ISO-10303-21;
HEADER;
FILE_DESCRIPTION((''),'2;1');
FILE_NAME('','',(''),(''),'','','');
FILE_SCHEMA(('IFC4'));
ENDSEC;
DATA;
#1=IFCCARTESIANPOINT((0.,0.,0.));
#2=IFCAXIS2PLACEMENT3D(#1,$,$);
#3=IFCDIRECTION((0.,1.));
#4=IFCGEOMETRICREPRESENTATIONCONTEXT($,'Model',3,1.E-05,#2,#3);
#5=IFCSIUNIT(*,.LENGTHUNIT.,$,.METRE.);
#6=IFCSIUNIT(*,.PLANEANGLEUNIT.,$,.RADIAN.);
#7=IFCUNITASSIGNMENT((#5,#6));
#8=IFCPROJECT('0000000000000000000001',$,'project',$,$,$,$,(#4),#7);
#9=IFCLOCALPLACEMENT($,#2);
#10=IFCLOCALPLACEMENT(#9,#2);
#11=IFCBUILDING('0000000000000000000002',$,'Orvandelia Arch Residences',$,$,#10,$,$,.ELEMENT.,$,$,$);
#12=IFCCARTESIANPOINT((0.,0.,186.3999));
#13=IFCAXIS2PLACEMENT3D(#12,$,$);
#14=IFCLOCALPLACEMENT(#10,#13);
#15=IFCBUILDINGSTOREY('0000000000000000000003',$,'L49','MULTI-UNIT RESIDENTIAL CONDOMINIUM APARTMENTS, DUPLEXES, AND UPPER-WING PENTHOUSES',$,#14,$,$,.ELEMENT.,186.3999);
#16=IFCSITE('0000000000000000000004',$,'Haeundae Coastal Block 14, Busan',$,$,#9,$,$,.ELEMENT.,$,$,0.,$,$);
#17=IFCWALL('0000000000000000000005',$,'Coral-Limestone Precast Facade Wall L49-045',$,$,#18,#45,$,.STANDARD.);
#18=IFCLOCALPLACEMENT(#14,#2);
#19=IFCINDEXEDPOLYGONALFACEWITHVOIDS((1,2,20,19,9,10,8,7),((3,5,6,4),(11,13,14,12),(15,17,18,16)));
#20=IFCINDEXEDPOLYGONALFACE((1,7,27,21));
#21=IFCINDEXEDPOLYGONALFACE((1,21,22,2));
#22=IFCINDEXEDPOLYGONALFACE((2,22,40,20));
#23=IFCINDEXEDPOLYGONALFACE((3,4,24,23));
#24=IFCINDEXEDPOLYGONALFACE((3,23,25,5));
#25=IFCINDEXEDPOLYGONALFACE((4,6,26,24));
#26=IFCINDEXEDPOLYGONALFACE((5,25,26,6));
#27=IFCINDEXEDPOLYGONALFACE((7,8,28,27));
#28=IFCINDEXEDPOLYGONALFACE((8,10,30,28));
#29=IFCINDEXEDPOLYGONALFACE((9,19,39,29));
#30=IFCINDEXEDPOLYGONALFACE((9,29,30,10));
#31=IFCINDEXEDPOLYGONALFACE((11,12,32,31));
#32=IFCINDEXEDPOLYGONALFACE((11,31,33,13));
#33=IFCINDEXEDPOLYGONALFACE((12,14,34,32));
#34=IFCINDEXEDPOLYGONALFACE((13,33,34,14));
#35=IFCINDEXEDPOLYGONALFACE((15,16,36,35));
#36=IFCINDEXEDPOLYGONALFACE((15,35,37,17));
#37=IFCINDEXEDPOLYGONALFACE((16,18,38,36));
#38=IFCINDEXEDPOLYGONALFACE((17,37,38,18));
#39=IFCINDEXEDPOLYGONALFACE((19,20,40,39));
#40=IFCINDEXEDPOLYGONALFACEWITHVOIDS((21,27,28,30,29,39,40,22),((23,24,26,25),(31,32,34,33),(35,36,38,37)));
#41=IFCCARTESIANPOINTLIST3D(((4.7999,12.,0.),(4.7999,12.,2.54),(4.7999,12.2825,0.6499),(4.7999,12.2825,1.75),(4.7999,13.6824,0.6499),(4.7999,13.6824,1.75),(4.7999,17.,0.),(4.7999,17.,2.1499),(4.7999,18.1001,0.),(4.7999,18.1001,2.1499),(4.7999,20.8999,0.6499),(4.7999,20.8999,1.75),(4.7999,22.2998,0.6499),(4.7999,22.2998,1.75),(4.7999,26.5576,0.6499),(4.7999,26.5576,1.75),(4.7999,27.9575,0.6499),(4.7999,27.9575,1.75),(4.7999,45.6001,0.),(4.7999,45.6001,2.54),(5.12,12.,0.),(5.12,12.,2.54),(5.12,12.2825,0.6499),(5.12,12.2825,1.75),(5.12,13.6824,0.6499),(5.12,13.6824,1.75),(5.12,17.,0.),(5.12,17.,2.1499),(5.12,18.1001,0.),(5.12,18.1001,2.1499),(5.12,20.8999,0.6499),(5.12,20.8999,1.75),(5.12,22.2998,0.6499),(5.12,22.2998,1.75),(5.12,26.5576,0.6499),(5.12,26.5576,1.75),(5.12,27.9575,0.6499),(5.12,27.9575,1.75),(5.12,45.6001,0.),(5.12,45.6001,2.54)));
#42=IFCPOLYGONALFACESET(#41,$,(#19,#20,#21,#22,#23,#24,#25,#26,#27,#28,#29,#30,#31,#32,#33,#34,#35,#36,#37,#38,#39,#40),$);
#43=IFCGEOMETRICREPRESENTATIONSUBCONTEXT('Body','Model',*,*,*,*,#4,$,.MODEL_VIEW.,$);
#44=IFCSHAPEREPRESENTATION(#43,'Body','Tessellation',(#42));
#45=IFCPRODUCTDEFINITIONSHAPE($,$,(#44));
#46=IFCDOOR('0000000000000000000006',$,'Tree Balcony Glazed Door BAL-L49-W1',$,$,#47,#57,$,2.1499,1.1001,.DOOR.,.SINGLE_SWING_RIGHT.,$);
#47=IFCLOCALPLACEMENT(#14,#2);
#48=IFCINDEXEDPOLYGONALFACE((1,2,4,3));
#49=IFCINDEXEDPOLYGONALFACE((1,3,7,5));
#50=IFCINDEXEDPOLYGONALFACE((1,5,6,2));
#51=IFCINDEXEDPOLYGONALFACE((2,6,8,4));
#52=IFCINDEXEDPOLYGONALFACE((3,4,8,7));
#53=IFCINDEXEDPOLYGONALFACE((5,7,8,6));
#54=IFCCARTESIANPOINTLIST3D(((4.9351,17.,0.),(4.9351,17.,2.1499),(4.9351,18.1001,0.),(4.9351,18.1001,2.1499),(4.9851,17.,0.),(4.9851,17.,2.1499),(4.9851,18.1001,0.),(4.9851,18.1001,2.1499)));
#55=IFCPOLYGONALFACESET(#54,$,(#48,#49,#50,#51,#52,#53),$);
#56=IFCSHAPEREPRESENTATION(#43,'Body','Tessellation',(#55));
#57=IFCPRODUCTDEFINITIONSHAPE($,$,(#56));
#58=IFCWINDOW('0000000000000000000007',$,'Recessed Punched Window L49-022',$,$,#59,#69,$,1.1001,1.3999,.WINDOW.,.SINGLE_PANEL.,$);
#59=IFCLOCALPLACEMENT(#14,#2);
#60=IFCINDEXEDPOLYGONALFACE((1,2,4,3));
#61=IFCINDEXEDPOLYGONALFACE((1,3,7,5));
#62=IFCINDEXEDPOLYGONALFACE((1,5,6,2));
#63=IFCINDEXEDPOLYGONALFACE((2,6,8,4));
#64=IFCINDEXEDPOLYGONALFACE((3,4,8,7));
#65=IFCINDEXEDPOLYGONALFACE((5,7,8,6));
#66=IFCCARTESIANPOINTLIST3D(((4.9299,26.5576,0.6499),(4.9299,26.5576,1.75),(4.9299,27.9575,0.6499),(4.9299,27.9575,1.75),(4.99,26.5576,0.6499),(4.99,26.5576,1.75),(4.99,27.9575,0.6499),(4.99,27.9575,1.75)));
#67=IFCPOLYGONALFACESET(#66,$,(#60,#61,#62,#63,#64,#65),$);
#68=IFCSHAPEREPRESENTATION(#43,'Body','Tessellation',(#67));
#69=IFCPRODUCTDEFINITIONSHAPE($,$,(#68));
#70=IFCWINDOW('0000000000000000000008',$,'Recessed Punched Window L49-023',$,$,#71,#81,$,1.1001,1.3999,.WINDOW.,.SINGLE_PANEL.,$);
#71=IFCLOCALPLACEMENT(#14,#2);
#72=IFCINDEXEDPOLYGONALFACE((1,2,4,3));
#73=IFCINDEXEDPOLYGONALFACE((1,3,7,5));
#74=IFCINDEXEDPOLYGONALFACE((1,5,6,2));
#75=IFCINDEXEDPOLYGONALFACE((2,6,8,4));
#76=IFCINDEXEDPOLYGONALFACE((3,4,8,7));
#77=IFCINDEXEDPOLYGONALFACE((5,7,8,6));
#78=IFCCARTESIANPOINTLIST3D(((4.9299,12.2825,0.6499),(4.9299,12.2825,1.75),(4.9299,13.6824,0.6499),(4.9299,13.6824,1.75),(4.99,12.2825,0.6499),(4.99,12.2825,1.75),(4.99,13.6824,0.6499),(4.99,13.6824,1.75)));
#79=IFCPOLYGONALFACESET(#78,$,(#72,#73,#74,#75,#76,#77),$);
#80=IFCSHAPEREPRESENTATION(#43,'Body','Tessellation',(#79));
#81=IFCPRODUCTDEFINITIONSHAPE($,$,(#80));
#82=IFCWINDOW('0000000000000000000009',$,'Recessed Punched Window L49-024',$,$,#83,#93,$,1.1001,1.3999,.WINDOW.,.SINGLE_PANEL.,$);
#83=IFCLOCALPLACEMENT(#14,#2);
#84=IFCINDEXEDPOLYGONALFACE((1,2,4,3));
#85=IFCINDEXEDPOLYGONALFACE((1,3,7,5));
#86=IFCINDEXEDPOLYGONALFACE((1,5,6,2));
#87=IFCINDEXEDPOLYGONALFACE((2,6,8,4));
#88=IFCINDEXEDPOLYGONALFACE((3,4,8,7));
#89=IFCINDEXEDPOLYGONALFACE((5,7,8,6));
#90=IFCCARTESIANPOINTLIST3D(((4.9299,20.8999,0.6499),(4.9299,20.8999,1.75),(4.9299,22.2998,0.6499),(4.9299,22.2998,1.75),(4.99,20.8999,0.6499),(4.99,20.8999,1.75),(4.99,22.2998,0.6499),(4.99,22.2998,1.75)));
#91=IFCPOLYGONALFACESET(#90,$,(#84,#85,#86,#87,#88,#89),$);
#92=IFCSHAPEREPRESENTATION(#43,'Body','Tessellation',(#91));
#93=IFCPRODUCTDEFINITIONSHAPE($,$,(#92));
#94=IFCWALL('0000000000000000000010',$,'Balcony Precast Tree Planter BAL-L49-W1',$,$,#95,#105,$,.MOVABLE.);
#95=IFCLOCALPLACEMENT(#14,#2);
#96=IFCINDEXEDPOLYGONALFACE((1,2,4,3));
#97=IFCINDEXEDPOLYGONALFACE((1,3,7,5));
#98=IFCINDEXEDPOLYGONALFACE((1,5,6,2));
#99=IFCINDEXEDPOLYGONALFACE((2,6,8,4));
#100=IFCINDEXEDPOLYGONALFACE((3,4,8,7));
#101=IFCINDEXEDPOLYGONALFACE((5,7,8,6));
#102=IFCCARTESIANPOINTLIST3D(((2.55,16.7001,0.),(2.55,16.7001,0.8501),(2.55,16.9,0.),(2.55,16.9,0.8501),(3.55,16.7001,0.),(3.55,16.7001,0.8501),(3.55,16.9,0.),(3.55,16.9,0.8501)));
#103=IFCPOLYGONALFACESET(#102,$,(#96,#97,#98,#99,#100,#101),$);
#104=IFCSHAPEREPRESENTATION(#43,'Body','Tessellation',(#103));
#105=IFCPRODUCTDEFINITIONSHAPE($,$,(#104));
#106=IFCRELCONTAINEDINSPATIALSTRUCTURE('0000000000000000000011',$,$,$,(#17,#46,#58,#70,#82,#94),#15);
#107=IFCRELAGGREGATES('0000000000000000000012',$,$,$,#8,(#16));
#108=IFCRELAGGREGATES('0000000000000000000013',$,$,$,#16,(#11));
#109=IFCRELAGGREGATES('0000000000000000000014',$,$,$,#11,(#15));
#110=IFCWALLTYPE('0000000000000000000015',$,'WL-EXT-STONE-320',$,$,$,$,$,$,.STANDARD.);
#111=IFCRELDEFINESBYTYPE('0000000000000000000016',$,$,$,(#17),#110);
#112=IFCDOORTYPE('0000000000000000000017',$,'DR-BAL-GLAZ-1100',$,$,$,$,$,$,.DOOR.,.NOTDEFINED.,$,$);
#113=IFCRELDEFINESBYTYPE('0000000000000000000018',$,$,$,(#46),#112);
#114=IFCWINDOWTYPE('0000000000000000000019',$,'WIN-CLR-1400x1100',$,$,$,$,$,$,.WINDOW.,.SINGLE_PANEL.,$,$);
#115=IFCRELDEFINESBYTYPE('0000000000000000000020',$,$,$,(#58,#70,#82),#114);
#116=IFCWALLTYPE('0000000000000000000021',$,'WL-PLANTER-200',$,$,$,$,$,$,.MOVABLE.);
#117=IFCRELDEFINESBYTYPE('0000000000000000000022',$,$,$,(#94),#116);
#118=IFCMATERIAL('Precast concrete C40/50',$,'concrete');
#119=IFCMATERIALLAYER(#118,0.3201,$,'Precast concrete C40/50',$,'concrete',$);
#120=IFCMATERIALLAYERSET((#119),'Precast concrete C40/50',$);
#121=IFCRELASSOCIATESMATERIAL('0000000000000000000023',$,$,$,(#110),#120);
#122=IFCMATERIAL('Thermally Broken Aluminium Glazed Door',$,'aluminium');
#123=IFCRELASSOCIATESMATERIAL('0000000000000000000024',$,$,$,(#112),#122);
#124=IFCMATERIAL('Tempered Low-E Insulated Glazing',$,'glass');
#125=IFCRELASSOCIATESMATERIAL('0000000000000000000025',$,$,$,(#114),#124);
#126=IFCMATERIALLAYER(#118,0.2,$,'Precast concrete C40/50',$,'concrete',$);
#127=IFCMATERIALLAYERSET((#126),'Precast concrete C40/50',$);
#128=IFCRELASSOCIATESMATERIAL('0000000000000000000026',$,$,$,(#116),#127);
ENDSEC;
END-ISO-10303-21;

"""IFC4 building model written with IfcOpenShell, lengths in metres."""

from ifc_helpers import new_model, si_unit, direction, frame, frame_2d, origin, place, context, subcontext, project, spatial, rectangle, extrude, material, layer, layer_set, type_object, element, fill, save


model = new_model("IFC4")

# Units and contexts
model_context = context("Model", 3, precision=1e-05, world=origin(), true_north=direction((0.0, 1.0)))
body_context = subcontext(model_context, "Body", "Model", "MODEL_VIEW")
ifc_project = project(units=[si_unit("LENGTHUNIT", "METRE"), si_unit("PLANEANGLEUNIT", "RADIAN")], contexts=[model_context])

# Site, building, storey
site_placement = place(None, origin())
site = spatial("IfcSite", under=ifc_project, at=site_placement, Name="Haeundae Coastal Block 14, Busan", CompositionType="ELEMENT", RefElevation=0.0)
building_placement = place(site_placement, origin())
building = spatial("IfcBuilding", under=site, at=building_placement, Name="Orvandelia Arch Residences", CompositionType="ELEMENT")
storey_placement = place(building_placement, frame((0.0, 0.0, 186.3999)))
storey = spatial("IfcBuildingStorey", under=building, at=storey_placement, Name="L49", Description="MULTI-UNIT RESIDENTIAL CONDOMINIUM APARTMENTS, DUPLEXES, AND UPPER-WING PENTHOUSES", CompositionType="ELEMENT", Elevation=186.3999)

# Shared definitions
ifc_material_1 = material(Name="Precast concrete C40/50", Category="concrete")

# Shared definitions
ifc_layer_1 = layer(ifc_material_1, 0.3201, Name="Precast concrete C40/50", Category="concrete")
ifc_layer_set_1 = layer_set([ifc_layer_1], Name="Precast concrete C40/50")
wall_type_1 = type_object("IfcWallType", Name="WL-EXT-STONE-320", PredefinedType="STANDARD", material=ifc_layer_set_1)

# Wall, openings, door, windows
wall_1_placement = place(storey_placement, frame((4.96, 12.0, 0.0), z_axis=(0.0, 0.0, 1.0), x_axis=(0.0, 1.0, 0.0)))
wall_1 = element("IfcWall", 1, at=wall_1_placement, inside=storey, type_object=wall_type_1, Name="Coral-Limestone Precast Facade Wall L49-045", PredefinedType="STANDARD", context=body_context, shape_type="SweptSolid", body=[
    extrude(rectangle(XDim=33.6001, YDim=0.3201, at=frame_2d((16.8, 0.0))), origin(), (0.0, 0.0, 1.0), 2.54),
])
opening_1_placement = place(wall_1_placement, frame((5.0, 0.0, 0.0)))
opening_1 = element("IfcOpeningElement", 2, at=opening_1_placement, cuts=wall_1, PredefinedType="OPENING", context=body_context, shape_type="SweptSolid", body=[
    extrude(rectangle(XDim=1.1001, YDim=2.1499, at=frame_2d((0.55, 1.075))), frame((0.0, 0.1699, 0.0), z_axis=(0.0, -1.0, 0.0), x_axis=(1.0, 0.0, 0.0)), (0.0, 0.0, 1.0), 0.3401),
])
opening_2_placement = place(wall_1_placement, frame((14.5576, 0.0, 0.6499)))
opening_2 = element("IfcOpeningElement", 3, at=opening_2_placement, cuts=wall_1, PredefinedType="OPENING", context=body_context, shape_type="SweptSolid", body=[
    extrude(rectangle(XDim=1.3999, YDim=1.1001, at=frame_2d((0.7, 0.55))), frame((0.0, 0.1699, 0.0), z_axis=(0.0, -1.0, 0.0), x_axis=(1.0, 0.0, 0.0)), (0.0, 0.0, 1.0), 0.3401),
])
opening_3_placement = place(wall_1_placement, frame((0.2825, 0.0, 0.6499)))
opening_3 = element("IfcOpeningElement", 4, at=opening_3_placement, cuts=wall_1, PredefinedType="OPENING", context=body_context, shape_type="SweptSolid", body=[
    extrude(rectangle(XDim=1.3999, YDim=1.1001, at=frame_2d((0.7, 0.55))), frame((0.0, 0.1699, 0.0), z_axis=(0.0, -1.0, 0.0), x_axis=(1.0, 0.0, 0.0)), (0.0, 0.0, 1.0), 0.3401),
])
opening_4_placement = place(wall_1_placement, frame((8.8999, 0.0, 0.6499)))
opening_4 = element("IfcOpeningElement", 5, at=opening_4_placement, cuts=wall_1, PredefinedType="OPENING", context=body_context, shape_type="SweptSolid", body=[
    extrude(rectangle(XDim=1.3999, YDim=1.1001, at=frame_2d((0.7, 0.55))), frame((0.0, 0.1699, 0.0), z_axis=(0.0, -1.0, 0.0), x_axis=(1.0, 0.0, 0.0)), (0.0, 0.0, 1.0), 0.3401),
])
ifc_material_2 = material(Name="Thermally Broken Aluminium Glazed Door", Category="aluminium")
door_type = type_object("IfcDoorType", Name="DR-BAL-GLAZ-1100", OperationType="NOTDEFINED", PredefinedType="DOOR", material=ifc_material_2)
door_placement = place(opening_1_placement, origin())
door = element("IfcDoor", 6, at=door_placement, inside=storey, type_object=door_type, Name="Tree Balcony Glazed Door BAL-L49-W1", OperationType="SINGLE_SWING_RIGHT", OverallHeight=2.1499, OverallWidth=1.1001, PredefinedType="DOOR", context=body_context, shape_type="SweptSolid", body=[
    extrude(rectangle(XDim=1.1001, YDim=2.1499, at=frame_2d((0.55, 1.075))), frame((0.0, 0.0249, 0.0), z_axis=(0.0, -1.0, 0.0), x_axis=(1.0, 0.0, 0.0)), (0.0, 0.0, 1.0), 0.05),
])
fill(opening_1, door)
ifc_material_3 = material(Name="Tempered Low-E Insulated Glazing", Category="glass")
window_type = type_object("IfcWindowType", Name="WIN-CLR-1400x1100", PartitioningType="SINGLE_PANEL", PredefinedType="WINDOW", material=ifc_material_3)
window_1_placement = place(opening_2_placement, origin())
window_1 = element("IfcWindow", 7, at=window_1_placement, inside=storey, type_object=window_type, Name="Recessed Punched Window L49-022", OverallHeight=1.1001, OverallWidth=1.3999, PartitioningType="SINGLE_PANEL", PredefinedType="WINDOW", context=body_context, shape_type="SweptSolid", body=[
    extrude(rectangle(XDim=1.3999, YDim=1.1001, at=frame_2d((0.7, 0.55))), frame((0.0, 0.03, 0.0), z_axis=(0.0, -1.0, 0.0), x_axis=(1.0, 0.0, 0.0)), (0.0, 0.0, 1.0), 0.0601),
])
fill(opening_2, window_1)
window_2_placement = place(opening_3_placement, origin())
window_2 = element("IfcWindow", 8, at=window_2_placement, inside=storey, type_object=window_type, Name="Recessed Punched Window L49-023", OverallHeight=1.1001, OverallWidth=1.3999, PartitioningType="SINGLE_PANEL", PredefinedType="WINDOW", context=body_context, shape_type="SweptSolid", body=[
    extrude(rectangle(XDim=1.3999, YDim=1.1001, at=frame_2d((0.7, 0.55))), frame((0.0, 0.03, 0.0), z_axis=(0.0, -1.0, 0.0), x_axis=(1.0, 0.0, 0.0)), (0.0, 0.0, 1.0), 0.0601),
])
fill(opening_3, window_2)
window_3_placement = place(opening_4_placement, origin())
window_3 = element("IfcWindow", 9, at=window_3_placement, inside=storey, type_object=window_type, Name="Recessed Punched Window L49-024", OverallHeight=1.1001, OverallWidth=1.3999, PartitioningType="SINGLE_PANEL", PredefinedType="WINDOW", context=body_context, shape_type="SweptSolid", body=[
    extrude(rectangle(XDim=1.3999, YDim=1.1001, at=frame_2d((0.7, 0.55))), frame((0.0, 0.03, 0.0), z_axis=(0.0, -1.0, 0.0), x_axis=(1.0, 0.0, 0.0)), (0.0, 0.0, 1.0), 0.0601),
])
fill(opening_4, window_3)

# Wall
ifc_layer_2 = layer(ifc_material_1, 0.2, Name="Precast concrete C40/50", Category="concrete")
ifc_layer_set_2 = layer_set([ifc_layer_2], Name="Precast concrete C40/50")
wall_type_2 = type_object("IfcWallType", Name="WL-PLANTER-200", PredefinedType="MOVABLE", material=ifc_layer_set_2)
wall_2_placement = place(storey_placement, frame((2.55, 16.8, 0.0), z_axis=(0.0, 0.0, 1.0), x_axis=(1.0, 0.0, 0.0)))
element("IfcWall", 10, at=wall_2_placement, inside=storey, type_object=wall_type_2, Name="Balcony Precast Tree Planter BAL-L49-W1", PredefinedType="MOVABLE", context=body_context, shape_type="SweptSolid", body=[
    extrude(rectangle(XDim=1.0, YDim=0.2, at=frame_2d((0.5, 0.0))), origin(), (0.0, 0.0, 1.0), 0.8501),
])

save(model, "model.ifc")
